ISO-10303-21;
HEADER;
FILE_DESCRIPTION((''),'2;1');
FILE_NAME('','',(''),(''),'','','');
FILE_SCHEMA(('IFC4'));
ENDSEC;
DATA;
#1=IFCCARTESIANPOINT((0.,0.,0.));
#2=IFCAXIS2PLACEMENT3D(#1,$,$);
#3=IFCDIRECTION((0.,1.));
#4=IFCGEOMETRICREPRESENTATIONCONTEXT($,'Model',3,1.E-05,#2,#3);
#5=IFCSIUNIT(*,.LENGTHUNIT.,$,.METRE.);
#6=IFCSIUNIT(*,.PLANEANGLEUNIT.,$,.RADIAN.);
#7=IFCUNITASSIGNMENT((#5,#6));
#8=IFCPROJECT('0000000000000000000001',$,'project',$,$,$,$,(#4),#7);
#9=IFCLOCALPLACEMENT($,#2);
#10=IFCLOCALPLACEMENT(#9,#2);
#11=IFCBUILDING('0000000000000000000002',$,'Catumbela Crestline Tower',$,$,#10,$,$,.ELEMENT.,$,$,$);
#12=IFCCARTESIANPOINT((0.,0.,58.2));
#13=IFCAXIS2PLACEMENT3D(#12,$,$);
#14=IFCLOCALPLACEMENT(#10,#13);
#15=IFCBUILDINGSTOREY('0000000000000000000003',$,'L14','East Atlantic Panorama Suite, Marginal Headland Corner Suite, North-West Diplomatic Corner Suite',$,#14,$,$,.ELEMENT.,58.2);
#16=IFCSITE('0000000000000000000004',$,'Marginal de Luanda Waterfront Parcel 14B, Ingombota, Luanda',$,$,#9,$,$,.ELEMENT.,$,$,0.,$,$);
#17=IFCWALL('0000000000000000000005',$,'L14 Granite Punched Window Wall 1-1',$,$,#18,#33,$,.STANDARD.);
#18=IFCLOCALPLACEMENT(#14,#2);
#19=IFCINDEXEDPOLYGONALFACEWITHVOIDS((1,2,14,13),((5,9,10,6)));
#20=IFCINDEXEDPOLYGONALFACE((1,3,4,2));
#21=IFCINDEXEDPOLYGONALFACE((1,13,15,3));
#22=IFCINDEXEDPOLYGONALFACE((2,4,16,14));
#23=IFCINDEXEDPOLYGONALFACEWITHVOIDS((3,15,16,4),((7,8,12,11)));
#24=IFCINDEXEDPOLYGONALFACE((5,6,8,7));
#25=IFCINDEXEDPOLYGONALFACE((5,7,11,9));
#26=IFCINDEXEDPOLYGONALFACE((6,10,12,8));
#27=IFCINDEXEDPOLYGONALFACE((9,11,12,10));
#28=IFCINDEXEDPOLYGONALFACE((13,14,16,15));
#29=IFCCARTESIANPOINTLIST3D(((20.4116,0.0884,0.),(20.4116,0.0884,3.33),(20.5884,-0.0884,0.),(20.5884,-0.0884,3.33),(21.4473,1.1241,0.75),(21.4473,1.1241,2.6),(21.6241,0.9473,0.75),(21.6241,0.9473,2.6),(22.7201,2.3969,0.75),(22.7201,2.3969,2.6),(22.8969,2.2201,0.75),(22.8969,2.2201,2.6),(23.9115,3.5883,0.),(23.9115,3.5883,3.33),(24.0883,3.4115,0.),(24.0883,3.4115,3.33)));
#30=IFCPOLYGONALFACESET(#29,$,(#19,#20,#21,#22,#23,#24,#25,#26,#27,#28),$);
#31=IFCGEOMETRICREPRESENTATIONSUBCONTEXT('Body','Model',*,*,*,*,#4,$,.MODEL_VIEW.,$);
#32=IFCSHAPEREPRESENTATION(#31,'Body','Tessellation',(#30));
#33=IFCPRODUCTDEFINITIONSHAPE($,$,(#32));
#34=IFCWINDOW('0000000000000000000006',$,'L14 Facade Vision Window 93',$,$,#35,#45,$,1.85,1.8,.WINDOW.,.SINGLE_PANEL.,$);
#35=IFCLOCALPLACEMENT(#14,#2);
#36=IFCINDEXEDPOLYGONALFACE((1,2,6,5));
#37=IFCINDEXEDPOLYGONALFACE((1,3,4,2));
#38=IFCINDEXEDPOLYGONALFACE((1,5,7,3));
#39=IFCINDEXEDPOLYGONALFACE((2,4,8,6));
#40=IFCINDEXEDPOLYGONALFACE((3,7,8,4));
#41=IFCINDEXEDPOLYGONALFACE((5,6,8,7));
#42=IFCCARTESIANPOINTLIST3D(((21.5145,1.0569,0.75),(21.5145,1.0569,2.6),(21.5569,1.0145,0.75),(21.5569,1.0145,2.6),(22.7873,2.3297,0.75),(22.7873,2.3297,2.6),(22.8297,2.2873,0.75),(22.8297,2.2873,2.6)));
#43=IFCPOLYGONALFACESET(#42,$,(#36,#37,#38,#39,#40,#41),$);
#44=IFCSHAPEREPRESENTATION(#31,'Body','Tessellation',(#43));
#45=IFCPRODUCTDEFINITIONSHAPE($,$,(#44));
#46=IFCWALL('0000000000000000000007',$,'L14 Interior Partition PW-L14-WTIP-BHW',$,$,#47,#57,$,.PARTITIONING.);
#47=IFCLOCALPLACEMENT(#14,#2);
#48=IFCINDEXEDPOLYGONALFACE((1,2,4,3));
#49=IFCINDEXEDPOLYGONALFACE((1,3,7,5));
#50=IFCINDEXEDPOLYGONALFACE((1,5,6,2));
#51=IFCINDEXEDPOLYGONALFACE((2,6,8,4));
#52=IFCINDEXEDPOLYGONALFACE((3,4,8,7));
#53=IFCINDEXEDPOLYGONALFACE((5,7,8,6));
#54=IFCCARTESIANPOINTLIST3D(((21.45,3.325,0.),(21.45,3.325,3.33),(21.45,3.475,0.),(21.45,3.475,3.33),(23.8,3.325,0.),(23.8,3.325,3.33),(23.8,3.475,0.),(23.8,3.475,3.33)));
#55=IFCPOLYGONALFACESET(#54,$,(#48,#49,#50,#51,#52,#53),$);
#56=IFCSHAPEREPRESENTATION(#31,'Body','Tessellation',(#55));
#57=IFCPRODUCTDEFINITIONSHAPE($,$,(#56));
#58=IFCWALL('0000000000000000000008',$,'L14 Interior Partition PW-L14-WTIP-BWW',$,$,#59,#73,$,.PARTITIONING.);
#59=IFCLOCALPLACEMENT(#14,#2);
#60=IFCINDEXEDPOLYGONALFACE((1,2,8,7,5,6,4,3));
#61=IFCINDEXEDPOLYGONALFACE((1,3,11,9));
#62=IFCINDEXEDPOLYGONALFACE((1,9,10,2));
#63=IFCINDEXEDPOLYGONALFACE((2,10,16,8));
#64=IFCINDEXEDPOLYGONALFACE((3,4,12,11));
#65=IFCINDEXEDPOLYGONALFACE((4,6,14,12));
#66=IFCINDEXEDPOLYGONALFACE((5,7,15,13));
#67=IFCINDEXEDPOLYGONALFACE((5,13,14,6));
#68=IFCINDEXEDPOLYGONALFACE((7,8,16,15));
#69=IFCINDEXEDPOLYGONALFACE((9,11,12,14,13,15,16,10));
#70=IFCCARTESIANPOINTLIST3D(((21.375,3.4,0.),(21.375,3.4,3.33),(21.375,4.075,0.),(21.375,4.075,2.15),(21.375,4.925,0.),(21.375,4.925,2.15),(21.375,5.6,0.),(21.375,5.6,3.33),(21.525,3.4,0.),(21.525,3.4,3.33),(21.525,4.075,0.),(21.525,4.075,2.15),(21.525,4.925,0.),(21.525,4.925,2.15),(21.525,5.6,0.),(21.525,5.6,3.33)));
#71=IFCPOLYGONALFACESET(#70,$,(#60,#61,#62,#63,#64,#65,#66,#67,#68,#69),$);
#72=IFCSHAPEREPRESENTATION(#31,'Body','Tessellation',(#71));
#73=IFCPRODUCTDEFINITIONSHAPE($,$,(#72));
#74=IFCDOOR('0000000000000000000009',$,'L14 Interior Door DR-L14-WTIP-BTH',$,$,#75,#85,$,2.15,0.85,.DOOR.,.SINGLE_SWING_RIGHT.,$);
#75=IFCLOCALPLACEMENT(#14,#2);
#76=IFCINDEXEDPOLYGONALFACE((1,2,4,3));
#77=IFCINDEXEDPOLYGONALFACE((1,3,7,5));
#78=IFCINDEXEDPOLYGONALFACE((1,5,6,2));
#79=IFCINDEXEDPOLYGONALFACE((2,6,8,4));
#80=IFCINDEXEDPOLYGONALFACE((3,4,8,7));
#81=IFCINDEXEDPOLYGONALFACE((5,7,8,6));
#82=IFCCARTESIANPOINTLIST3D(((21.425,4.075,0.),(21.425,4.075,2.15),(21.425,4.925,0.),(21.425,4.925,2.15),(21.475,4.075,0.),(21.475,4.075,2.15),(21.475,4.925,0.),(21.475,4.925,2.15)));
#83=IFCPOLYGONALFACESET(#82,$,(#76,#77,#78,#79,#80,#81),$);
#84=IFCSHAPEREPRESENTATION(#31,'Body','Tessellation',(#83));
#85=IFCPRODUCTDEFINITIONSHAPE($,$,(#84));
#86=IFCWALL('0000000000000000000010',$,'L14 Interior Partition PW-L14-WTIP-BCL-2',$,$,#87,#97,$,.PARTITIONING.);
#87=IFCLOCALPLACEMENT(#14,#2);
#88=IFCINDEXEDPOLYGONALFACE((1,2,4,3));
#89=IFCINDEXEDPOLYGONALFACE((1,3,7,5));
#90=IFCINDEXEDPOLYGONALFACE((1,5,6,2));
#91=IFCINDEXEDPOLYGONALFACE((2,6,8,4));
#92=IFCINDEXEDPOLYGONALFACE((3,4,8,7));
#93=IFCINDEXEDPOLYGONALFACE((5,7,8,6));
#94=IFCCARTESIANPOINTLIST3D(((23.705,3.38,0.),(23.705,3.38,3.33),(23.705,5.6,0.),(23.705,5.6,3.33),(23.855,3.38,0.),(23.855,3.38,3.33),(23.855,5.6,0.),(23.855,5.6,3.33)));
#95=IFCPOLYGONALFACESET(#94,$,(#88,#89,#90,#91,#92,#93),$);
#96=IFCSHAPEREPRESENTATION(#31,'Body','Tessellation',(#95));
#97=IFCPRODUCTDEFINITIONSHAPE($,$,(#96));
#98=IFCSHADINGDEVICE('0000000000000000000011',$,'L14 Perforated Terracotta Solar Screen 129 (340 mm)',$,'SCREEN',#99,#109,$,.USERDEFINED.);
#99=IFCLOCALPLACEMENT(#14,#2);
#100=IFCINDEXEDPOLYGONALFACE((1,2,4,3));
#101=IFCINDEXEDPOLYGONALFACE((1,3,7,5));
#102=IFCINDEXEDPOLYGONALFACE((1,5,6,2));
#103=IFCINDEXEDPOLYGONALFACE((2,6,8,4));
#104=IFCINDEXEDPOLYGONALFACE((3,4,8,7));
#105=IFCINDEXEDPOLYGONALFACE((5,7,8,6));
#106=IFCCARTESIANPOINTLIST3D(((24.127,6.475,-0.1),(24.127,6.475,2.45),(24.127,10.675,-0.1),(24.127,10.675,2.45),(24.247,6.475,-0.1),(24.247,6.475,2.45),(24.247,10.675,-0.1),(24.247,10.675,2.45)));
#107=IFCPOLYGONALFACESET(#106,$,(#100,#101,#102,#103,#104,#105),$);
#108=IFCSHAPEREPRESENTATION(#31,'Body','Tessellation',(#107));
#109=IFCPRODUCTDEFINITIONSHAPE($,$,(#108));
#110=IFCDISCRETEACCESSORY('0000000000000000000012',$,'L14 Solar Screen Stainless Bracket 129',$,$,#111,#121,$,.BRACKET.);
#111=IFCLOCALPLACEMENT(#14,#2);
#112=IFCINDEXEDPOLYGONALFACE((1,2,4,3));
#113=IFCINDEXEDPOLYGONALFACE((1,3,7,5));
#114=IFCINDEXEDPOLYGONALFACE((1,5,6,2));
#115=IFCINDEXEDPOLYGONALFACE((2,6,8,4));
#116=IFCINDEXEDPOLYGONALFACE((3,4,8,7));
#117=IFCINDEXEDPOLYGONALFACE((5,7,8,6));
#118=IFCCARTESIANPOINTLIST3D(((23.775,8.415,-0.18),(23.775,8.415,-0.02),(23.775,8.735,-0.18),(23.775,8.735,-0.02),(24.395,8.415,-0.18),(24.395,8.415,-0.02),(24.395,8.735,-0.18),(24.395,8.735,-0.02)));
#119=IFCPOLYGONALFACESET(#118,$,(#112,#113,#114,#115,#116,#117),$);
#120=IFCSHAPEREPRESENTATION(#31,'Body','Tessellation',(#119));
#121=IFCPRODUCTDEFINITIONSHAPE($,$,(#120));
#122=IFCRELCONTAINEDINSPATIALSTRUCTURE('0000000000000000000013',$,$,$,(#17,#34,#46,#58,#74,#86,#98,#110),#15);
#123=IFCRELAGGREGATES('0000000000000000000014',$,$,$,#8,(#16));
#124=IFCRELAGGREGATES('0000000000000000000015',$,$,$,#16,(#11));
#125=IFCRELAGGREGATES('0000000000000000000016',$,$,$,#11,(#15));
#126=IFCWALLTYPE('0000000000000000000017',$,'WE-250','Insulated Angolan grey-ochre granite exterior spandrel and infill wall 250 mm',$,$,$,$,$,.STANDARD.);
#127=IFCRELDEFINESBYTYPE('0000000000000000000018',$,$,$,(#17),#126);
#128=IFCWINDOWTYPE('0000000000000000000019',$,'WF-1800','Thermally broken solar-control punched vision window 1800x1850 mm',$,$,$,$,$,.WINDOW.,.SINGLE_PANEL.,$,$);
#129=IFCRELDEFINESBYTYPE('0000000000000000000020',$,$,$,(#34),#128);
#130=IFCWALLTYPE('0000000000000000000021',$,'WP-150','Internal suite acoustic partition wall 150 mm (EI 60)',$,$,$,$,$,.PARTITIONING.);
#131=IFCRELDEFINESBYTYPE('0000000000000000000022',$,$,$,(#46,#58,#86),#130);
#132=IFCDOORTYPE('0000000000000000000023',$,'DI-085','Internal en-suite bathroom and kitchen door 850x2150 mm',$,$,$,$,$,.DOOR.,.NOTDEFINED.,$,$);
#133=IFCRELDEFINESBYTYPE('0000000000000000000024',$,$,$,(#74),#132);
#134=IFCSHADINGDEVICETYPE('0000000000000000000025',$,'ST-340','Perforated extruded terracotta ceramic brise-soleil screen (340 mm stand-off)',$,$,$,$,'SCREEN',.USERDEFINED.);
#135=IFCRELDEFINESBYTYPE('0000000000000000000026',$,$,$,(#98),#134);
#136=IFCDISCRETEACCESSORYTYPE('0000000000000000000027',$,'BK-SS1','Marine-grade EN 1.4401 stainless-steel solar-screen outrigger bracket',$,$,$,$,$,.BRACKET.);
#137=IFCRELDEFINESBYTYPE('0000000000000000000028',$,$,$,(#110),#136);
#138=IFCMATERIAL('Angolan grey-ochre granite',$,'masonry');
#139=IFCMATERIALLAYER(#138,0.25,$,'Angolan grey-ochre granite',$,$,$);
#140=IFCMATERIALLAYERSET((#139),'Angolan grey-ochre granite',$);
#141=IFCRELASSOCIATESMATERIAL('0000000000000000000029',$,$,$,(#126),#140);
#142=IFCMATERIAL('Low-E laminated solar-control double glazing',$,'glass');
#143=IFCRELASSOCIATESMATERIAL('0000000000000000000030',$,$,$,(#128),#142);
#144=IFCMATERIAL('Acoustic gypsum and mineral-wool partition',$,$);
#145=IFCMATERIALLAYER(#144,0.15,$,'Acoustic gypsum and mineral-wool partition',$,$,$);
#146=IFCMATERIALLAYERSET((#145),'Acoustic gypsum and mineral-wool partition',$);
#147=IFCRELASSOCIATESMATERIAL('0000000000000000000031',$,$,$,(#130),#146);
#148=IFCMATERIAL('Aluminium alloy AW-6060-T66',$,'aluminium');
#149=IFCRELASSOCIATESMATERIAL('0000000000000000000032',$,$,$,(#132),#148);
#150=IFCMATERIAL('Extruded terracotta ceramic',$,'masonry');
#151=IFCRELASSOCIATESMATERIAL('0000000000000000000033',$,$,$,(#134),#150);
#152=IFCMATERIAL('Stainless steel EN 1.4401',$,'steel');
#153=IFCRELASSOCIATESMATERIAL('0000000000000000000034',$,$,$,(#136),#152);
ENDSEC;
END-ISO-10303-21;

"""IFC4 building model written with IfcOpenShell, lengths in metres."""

from ifc_helpers import new_model, si_unit, direction, frame, frame_2d, origin, origin_2d, place, context, subcontext, project, spatial, rectangle, extrude, material, layer, layer_set, type_object, element, fill, save


model = new_model("IFC4")

# Units and contexts
model_context = context("Model", 3, precision=1e-05, world=origin(), true_north=direction((0.0, 1.0)))
body_context = subcontext(model_context, "Body", "Model", "MODEL_VIEW")
ifc_project = project(units=[si_unit("LENGTHUNIT", "METRE"), si_unit("PLANEANGLEUNIT", "RADIAN")], contexts=[model_context])

# Site, building, storey
site_placement = place(None, origin())
site = spatial("IfcSite", under=ifc_project, at=site_placement, Name="Marginal de Luanda Waterfront Parcel 14B, Ingombota, Luanda", CompositionType="ELEMENT", RefElevation=0.0)
building_placement = place(site_placement, origin())
building = spatial("IfcBuilding", under=site, at=building_placement, Name="Catumbela Crestline Tower", CompositionType="ELEMENT")
storey_placement = place(building_placement, frame((0.0, 0.0, 58.2)))
storey = spatial("IfcBuildingStorey", under=building, at=storey_placement, Name="L14", Description="East Atlantic Panorama Suite, Marginal Headland Corner Suite, North-West Diplomatic Corner Suite", CompositionType="ELEMENT", Elevation=58.2)

# Shared definitions
ifc_material_1 = material(Name="Aluminium alloy AW-6060-T66", Category="aluminium")

# Shared definitions
ifc_material_2 = material(Name="Low-E laminated solar-control double glazing", Category="glass")

# Wall, opening, window
ifc_material_3 = material(Name="Angolan grey-ochre granite", Category="masonry")
ifc_layer_1 = layer(ifc_material_3, 0.25, Name="Angolan grey-ochre granite")
ifc_layer_set_1 = layer_set([ifc_layer_1], Name="Angolan grey-ochre granite")
wall_type_1 = type_object("IfcWallType", Name="WE-250", Description="Insulated Angolan grey-ochre granite exterior spandrel and infill wall 250 mm", PredefinedType="STANDARD", material=ifc_layer_set_1)
wall_1_placement = place(storey_placement, frame((20.5, 0.0, 0.0), z_axis=(0.0, 0.0, 1.0), x_axis=(0.707107, 0.707107, 0.0)))
wall_1 = element("IfcWall", 1, at=wall_1_placement, inside=storey, type_object=wall_type_1, Name="L14 Granite Punched Window Wall 1-1", PredefinedType="STANDARD", context=body_context, shape_type="SweptSolid", body=[
    extrude(rectangle(XDim=4.9497, YDim=0.25, at=frame_2d((2.4748, 0.0))), origin(), (0.0, 0.0, 1.0), 3.33),
])
opening_1_placement = place(wall_1_placement, frame((1.4647, 0.0, 0.75)))
opening_1 = element("IfcOpeningElement", 2, at=opening_1_placement, cuts=wall_1, PredefinedType="OPENING", context=body_context, shape_type="SweptSolid", body=[
    extrude(rectangle(XDim=1.8, YDim=1.85, at=frame_2d((0.9, 0.925))), frame((0.0, 0.135, 0.0), z_axis=(0.0, -1.0, 0.0), x_axis=(1.0, 0.0, 0.0)), (0.0, 0.0, 1.0), 0.27),
])
window_type = type_object("IfcWindowType", Name="WF-1800", Description="Thermally broken solar-control punched vision window 1800x1850 mm", PartitioningType="SINGLE_PANEL", PredefinedType="WINDOW", material=ifc_material_2)
window_placement = place(opening_1_placement, origin())
window = element("IfcWindow", 3, at=window_placement, inside=storey, type_object=window_type, Name="L14 Facade Vision Window 93", OverallHeight=1.85, OverallWidth=1.8, PartitioningType="SINGLE_PANEL", PredefinedType="WINDOW", context=body_context, shape_type="SweptSolid", body=[
    extrude(rectangle(XDim=1.8, YDim=1.85, at=frame_2d((0.9, 0.925))), frame((0.0, 0.03, 0.0), z_axis=(0.0, -1.0, 0.0), x_axis=(1.0, 0.0, 0.0)), (0.0, 0.0, 1.0), 0.06),
])
fill(opening_1, window)

# Wall
ifc_material_4 = material(Name="Acoustic gypsum and mineral-wool partition")
ifc_layer_2 = layer(ifc_material_4, 0.15, Name="Acoustic gypsum and mineral-wool partition")
ifc_layer_set_2 = layer_set([ifc_layer_2], Name="Acoustic gypsum and mineral-wool partition")
wall_type_2 = type_object("IfcWallType", Name="WP-150", Description="Internal suite acoustic partition wall 150 mm (EI 60)", PredefinedType="PARTITIONING", material=ifc_layer_set_2)
wall_2_placement = place(storey_placement, frame((21.45, 3.4, 0.0), z_axis=(0.0, 0.0, 1.0), x_axis=(1.0, 0.0, 0.0)))
element("IfcWall", 4, at=wall_2_placement, inside=storey, type_object=wall_type_2, Name="L14 Interior Partition PW-L14-WTIP-BHW", PredefinedType="PARTITIONING", context=body_context, shape_type="SweptSolid", body=[
    extrude(rectangle(XDim=2.35, YDim=0.15, at=frame_2d((1.175, 0.0))), origin(), (0.0, 0.0, 1.0), 3.33),
])

# Wall, opening, door
wall_3_placement = place(storey_placement, frame((21.45, 3.4, 0.0), z_axis=(0.0, 0.0, 1.0), x_axis=(0.0, 1.0, 0.0)))
wall_3 = element("IfcWall", 5, at=wall_3_placement, inside=storey, type_object=wall_type_2, Name="L14 Interior Partition PW-L14-WTIP-BWW", PredefinedType="PARTITIONING", context=body_context, shape_type="SweptSolid", body=[
    extrude(rectangle(XDim=2.2, YDim=0.15, at=frame_2d((1.1, 0.0))), origin(), (0.0, 0.0, 1.0), 3.33),
])
opening_2_placement = place(wall_3_placement, frame((0.675, 0.0, 0.0)))
opening_2 = element("IfcOpeningElement", 6, at=opening_2_placement, cuts=wall_3, PredefinedType="OPENING", context=body_context, shape_type="SweptSolid", body=[
    extrude(rectangle(XDim=0.85, YDim=2.15, at=frame_2d((0.425, 1.075))), frame((0.0, 0.085, 0.0), z_axis=(0.0, -1.0, 0.0), x_axis=(1.0, 0.0, 0.0)), (0.0, 0.0, 1.0), 0.17),
])
door_type = type_object("IfcDoorType", Name="DI-085", Description="Internal en-suite bathroom and kitchen door 850x2150 mm", OperationType="NOTDEFINED", PredefinedType="DOOR", material=ifc_material_1)
door_placement = place(opening_2_placement, origin())
door = element("IfcDoor", 7, at=door_placement, inside=storey, type_object=door_type, Name="L14 Interior Door DR-L14-WTIP-BTH", OperationType="SINGLE_SWING_RIGHT", OverallHeight=2.15, OverallWidth=0.85, PredefinedType="DOOR", context=body_context, shape_type="SweptSolid", body=[
    extrude(rectangle(XDim=0.85, YDim=2.15, at=frame_2d((0.425, 1.075))), frame((0.0, 0.025, 0.0), z_axis=(0.0, -1.0, 0.0), x_axis=(1.0, 0.0, 0.0)), (0.0, 0.0, 1.0), 0.05),
])
fill(opening_2, door)

# Wall
wall_4_placement = place(storey_placement, frame((23.78, 5.6, 0.0), z_axis=(0.0, 0.0, 1.0), x_axis=(0.0, -1.0, 0.0)))
element("IfcWall", 8, at=wall_4_placement, inside=storey, type_object=wall_type_2, Name="L14 Interior Partition PW-L14-WTIP-BCL-2", PredefinedType="PARTITIONING", context=body_context, shape_type="SweptSolid", body=[
    extrude(rectangle(XDim=2.22, YDim=0.15, at=frame_2d((1.11, 0.0))), origin(), (0.0, 0.0, 1.0), 3.33),
])

# Shading device
ifc_material_5 = material(Name="Extruded terracotta ceramic", Category="masonry")
shading_device_type = type_object("IfcShadingDeviceType", Name="ST-340", Description="Perforated extruded terracotta ceramic brise-soleil screen (340 mm stand-off)", ElementType="SCREEN", PredefinedType="USERDEFINED", material=ifc_material_5)
shading_device_placement = place(storey_placement, frame((24.187, 8.575, -0.1), z_axis=(0.0, 0.0, 1.0), x_axis=(0.0, 1.0, 0.0)))
element("IfcShadingDevice", 9, at=shading_device_placement, inside=storey, type_object=shading_device_type, Name="L14 Perforated Terracotta Solar Screen 129 (340 mm)", ObjectType="SCREEN", PredefinedType="USERDEFINED", context=body_context, shape_type="SweptSolid", body=[
    extrude(rectangle(XDim=4.2, YDim=0.12, at=origin_2d()), origin(), (0.0, 0.0, 1.0), 2.55),
])

# Discrete accessory
ifc_material_6 = material(Name="Stainless steel EN 1.4401", Category="steel")
discrete_accessory_type = type_object("IfcDiscreteAccessoryType", Name="BK-SS1", Description="Marine-grade EN 1.4401 stainless-steel solar-screen outrigger bracket", PredefinedType="BRACKET", material=ifc_material_6)
discrete_accessory_placement = place(storey_placement, frame((24.085, 8.575, -0.18), z_axis=(0.0, 0.0, 1.0), x_axis=(0.0, 1.0, 0.0)))
element("IfcDiscreteAccessory", 10, at=discrete_accessory_placement, inside=storey, type_object=discrete_accessory_type, Name="L14 Solar Screen Stainless Bracket 129", PredefinedType="BRACKET", context=body_context, shape_type="SweptSolid", body=[
    extrude(rectangle(XDim=0.32, YDim=0.62, at=origin_2d()), origin(), (0.0, 0.0, 1.0), 0.16),
])

save(model, "model.ifc")
